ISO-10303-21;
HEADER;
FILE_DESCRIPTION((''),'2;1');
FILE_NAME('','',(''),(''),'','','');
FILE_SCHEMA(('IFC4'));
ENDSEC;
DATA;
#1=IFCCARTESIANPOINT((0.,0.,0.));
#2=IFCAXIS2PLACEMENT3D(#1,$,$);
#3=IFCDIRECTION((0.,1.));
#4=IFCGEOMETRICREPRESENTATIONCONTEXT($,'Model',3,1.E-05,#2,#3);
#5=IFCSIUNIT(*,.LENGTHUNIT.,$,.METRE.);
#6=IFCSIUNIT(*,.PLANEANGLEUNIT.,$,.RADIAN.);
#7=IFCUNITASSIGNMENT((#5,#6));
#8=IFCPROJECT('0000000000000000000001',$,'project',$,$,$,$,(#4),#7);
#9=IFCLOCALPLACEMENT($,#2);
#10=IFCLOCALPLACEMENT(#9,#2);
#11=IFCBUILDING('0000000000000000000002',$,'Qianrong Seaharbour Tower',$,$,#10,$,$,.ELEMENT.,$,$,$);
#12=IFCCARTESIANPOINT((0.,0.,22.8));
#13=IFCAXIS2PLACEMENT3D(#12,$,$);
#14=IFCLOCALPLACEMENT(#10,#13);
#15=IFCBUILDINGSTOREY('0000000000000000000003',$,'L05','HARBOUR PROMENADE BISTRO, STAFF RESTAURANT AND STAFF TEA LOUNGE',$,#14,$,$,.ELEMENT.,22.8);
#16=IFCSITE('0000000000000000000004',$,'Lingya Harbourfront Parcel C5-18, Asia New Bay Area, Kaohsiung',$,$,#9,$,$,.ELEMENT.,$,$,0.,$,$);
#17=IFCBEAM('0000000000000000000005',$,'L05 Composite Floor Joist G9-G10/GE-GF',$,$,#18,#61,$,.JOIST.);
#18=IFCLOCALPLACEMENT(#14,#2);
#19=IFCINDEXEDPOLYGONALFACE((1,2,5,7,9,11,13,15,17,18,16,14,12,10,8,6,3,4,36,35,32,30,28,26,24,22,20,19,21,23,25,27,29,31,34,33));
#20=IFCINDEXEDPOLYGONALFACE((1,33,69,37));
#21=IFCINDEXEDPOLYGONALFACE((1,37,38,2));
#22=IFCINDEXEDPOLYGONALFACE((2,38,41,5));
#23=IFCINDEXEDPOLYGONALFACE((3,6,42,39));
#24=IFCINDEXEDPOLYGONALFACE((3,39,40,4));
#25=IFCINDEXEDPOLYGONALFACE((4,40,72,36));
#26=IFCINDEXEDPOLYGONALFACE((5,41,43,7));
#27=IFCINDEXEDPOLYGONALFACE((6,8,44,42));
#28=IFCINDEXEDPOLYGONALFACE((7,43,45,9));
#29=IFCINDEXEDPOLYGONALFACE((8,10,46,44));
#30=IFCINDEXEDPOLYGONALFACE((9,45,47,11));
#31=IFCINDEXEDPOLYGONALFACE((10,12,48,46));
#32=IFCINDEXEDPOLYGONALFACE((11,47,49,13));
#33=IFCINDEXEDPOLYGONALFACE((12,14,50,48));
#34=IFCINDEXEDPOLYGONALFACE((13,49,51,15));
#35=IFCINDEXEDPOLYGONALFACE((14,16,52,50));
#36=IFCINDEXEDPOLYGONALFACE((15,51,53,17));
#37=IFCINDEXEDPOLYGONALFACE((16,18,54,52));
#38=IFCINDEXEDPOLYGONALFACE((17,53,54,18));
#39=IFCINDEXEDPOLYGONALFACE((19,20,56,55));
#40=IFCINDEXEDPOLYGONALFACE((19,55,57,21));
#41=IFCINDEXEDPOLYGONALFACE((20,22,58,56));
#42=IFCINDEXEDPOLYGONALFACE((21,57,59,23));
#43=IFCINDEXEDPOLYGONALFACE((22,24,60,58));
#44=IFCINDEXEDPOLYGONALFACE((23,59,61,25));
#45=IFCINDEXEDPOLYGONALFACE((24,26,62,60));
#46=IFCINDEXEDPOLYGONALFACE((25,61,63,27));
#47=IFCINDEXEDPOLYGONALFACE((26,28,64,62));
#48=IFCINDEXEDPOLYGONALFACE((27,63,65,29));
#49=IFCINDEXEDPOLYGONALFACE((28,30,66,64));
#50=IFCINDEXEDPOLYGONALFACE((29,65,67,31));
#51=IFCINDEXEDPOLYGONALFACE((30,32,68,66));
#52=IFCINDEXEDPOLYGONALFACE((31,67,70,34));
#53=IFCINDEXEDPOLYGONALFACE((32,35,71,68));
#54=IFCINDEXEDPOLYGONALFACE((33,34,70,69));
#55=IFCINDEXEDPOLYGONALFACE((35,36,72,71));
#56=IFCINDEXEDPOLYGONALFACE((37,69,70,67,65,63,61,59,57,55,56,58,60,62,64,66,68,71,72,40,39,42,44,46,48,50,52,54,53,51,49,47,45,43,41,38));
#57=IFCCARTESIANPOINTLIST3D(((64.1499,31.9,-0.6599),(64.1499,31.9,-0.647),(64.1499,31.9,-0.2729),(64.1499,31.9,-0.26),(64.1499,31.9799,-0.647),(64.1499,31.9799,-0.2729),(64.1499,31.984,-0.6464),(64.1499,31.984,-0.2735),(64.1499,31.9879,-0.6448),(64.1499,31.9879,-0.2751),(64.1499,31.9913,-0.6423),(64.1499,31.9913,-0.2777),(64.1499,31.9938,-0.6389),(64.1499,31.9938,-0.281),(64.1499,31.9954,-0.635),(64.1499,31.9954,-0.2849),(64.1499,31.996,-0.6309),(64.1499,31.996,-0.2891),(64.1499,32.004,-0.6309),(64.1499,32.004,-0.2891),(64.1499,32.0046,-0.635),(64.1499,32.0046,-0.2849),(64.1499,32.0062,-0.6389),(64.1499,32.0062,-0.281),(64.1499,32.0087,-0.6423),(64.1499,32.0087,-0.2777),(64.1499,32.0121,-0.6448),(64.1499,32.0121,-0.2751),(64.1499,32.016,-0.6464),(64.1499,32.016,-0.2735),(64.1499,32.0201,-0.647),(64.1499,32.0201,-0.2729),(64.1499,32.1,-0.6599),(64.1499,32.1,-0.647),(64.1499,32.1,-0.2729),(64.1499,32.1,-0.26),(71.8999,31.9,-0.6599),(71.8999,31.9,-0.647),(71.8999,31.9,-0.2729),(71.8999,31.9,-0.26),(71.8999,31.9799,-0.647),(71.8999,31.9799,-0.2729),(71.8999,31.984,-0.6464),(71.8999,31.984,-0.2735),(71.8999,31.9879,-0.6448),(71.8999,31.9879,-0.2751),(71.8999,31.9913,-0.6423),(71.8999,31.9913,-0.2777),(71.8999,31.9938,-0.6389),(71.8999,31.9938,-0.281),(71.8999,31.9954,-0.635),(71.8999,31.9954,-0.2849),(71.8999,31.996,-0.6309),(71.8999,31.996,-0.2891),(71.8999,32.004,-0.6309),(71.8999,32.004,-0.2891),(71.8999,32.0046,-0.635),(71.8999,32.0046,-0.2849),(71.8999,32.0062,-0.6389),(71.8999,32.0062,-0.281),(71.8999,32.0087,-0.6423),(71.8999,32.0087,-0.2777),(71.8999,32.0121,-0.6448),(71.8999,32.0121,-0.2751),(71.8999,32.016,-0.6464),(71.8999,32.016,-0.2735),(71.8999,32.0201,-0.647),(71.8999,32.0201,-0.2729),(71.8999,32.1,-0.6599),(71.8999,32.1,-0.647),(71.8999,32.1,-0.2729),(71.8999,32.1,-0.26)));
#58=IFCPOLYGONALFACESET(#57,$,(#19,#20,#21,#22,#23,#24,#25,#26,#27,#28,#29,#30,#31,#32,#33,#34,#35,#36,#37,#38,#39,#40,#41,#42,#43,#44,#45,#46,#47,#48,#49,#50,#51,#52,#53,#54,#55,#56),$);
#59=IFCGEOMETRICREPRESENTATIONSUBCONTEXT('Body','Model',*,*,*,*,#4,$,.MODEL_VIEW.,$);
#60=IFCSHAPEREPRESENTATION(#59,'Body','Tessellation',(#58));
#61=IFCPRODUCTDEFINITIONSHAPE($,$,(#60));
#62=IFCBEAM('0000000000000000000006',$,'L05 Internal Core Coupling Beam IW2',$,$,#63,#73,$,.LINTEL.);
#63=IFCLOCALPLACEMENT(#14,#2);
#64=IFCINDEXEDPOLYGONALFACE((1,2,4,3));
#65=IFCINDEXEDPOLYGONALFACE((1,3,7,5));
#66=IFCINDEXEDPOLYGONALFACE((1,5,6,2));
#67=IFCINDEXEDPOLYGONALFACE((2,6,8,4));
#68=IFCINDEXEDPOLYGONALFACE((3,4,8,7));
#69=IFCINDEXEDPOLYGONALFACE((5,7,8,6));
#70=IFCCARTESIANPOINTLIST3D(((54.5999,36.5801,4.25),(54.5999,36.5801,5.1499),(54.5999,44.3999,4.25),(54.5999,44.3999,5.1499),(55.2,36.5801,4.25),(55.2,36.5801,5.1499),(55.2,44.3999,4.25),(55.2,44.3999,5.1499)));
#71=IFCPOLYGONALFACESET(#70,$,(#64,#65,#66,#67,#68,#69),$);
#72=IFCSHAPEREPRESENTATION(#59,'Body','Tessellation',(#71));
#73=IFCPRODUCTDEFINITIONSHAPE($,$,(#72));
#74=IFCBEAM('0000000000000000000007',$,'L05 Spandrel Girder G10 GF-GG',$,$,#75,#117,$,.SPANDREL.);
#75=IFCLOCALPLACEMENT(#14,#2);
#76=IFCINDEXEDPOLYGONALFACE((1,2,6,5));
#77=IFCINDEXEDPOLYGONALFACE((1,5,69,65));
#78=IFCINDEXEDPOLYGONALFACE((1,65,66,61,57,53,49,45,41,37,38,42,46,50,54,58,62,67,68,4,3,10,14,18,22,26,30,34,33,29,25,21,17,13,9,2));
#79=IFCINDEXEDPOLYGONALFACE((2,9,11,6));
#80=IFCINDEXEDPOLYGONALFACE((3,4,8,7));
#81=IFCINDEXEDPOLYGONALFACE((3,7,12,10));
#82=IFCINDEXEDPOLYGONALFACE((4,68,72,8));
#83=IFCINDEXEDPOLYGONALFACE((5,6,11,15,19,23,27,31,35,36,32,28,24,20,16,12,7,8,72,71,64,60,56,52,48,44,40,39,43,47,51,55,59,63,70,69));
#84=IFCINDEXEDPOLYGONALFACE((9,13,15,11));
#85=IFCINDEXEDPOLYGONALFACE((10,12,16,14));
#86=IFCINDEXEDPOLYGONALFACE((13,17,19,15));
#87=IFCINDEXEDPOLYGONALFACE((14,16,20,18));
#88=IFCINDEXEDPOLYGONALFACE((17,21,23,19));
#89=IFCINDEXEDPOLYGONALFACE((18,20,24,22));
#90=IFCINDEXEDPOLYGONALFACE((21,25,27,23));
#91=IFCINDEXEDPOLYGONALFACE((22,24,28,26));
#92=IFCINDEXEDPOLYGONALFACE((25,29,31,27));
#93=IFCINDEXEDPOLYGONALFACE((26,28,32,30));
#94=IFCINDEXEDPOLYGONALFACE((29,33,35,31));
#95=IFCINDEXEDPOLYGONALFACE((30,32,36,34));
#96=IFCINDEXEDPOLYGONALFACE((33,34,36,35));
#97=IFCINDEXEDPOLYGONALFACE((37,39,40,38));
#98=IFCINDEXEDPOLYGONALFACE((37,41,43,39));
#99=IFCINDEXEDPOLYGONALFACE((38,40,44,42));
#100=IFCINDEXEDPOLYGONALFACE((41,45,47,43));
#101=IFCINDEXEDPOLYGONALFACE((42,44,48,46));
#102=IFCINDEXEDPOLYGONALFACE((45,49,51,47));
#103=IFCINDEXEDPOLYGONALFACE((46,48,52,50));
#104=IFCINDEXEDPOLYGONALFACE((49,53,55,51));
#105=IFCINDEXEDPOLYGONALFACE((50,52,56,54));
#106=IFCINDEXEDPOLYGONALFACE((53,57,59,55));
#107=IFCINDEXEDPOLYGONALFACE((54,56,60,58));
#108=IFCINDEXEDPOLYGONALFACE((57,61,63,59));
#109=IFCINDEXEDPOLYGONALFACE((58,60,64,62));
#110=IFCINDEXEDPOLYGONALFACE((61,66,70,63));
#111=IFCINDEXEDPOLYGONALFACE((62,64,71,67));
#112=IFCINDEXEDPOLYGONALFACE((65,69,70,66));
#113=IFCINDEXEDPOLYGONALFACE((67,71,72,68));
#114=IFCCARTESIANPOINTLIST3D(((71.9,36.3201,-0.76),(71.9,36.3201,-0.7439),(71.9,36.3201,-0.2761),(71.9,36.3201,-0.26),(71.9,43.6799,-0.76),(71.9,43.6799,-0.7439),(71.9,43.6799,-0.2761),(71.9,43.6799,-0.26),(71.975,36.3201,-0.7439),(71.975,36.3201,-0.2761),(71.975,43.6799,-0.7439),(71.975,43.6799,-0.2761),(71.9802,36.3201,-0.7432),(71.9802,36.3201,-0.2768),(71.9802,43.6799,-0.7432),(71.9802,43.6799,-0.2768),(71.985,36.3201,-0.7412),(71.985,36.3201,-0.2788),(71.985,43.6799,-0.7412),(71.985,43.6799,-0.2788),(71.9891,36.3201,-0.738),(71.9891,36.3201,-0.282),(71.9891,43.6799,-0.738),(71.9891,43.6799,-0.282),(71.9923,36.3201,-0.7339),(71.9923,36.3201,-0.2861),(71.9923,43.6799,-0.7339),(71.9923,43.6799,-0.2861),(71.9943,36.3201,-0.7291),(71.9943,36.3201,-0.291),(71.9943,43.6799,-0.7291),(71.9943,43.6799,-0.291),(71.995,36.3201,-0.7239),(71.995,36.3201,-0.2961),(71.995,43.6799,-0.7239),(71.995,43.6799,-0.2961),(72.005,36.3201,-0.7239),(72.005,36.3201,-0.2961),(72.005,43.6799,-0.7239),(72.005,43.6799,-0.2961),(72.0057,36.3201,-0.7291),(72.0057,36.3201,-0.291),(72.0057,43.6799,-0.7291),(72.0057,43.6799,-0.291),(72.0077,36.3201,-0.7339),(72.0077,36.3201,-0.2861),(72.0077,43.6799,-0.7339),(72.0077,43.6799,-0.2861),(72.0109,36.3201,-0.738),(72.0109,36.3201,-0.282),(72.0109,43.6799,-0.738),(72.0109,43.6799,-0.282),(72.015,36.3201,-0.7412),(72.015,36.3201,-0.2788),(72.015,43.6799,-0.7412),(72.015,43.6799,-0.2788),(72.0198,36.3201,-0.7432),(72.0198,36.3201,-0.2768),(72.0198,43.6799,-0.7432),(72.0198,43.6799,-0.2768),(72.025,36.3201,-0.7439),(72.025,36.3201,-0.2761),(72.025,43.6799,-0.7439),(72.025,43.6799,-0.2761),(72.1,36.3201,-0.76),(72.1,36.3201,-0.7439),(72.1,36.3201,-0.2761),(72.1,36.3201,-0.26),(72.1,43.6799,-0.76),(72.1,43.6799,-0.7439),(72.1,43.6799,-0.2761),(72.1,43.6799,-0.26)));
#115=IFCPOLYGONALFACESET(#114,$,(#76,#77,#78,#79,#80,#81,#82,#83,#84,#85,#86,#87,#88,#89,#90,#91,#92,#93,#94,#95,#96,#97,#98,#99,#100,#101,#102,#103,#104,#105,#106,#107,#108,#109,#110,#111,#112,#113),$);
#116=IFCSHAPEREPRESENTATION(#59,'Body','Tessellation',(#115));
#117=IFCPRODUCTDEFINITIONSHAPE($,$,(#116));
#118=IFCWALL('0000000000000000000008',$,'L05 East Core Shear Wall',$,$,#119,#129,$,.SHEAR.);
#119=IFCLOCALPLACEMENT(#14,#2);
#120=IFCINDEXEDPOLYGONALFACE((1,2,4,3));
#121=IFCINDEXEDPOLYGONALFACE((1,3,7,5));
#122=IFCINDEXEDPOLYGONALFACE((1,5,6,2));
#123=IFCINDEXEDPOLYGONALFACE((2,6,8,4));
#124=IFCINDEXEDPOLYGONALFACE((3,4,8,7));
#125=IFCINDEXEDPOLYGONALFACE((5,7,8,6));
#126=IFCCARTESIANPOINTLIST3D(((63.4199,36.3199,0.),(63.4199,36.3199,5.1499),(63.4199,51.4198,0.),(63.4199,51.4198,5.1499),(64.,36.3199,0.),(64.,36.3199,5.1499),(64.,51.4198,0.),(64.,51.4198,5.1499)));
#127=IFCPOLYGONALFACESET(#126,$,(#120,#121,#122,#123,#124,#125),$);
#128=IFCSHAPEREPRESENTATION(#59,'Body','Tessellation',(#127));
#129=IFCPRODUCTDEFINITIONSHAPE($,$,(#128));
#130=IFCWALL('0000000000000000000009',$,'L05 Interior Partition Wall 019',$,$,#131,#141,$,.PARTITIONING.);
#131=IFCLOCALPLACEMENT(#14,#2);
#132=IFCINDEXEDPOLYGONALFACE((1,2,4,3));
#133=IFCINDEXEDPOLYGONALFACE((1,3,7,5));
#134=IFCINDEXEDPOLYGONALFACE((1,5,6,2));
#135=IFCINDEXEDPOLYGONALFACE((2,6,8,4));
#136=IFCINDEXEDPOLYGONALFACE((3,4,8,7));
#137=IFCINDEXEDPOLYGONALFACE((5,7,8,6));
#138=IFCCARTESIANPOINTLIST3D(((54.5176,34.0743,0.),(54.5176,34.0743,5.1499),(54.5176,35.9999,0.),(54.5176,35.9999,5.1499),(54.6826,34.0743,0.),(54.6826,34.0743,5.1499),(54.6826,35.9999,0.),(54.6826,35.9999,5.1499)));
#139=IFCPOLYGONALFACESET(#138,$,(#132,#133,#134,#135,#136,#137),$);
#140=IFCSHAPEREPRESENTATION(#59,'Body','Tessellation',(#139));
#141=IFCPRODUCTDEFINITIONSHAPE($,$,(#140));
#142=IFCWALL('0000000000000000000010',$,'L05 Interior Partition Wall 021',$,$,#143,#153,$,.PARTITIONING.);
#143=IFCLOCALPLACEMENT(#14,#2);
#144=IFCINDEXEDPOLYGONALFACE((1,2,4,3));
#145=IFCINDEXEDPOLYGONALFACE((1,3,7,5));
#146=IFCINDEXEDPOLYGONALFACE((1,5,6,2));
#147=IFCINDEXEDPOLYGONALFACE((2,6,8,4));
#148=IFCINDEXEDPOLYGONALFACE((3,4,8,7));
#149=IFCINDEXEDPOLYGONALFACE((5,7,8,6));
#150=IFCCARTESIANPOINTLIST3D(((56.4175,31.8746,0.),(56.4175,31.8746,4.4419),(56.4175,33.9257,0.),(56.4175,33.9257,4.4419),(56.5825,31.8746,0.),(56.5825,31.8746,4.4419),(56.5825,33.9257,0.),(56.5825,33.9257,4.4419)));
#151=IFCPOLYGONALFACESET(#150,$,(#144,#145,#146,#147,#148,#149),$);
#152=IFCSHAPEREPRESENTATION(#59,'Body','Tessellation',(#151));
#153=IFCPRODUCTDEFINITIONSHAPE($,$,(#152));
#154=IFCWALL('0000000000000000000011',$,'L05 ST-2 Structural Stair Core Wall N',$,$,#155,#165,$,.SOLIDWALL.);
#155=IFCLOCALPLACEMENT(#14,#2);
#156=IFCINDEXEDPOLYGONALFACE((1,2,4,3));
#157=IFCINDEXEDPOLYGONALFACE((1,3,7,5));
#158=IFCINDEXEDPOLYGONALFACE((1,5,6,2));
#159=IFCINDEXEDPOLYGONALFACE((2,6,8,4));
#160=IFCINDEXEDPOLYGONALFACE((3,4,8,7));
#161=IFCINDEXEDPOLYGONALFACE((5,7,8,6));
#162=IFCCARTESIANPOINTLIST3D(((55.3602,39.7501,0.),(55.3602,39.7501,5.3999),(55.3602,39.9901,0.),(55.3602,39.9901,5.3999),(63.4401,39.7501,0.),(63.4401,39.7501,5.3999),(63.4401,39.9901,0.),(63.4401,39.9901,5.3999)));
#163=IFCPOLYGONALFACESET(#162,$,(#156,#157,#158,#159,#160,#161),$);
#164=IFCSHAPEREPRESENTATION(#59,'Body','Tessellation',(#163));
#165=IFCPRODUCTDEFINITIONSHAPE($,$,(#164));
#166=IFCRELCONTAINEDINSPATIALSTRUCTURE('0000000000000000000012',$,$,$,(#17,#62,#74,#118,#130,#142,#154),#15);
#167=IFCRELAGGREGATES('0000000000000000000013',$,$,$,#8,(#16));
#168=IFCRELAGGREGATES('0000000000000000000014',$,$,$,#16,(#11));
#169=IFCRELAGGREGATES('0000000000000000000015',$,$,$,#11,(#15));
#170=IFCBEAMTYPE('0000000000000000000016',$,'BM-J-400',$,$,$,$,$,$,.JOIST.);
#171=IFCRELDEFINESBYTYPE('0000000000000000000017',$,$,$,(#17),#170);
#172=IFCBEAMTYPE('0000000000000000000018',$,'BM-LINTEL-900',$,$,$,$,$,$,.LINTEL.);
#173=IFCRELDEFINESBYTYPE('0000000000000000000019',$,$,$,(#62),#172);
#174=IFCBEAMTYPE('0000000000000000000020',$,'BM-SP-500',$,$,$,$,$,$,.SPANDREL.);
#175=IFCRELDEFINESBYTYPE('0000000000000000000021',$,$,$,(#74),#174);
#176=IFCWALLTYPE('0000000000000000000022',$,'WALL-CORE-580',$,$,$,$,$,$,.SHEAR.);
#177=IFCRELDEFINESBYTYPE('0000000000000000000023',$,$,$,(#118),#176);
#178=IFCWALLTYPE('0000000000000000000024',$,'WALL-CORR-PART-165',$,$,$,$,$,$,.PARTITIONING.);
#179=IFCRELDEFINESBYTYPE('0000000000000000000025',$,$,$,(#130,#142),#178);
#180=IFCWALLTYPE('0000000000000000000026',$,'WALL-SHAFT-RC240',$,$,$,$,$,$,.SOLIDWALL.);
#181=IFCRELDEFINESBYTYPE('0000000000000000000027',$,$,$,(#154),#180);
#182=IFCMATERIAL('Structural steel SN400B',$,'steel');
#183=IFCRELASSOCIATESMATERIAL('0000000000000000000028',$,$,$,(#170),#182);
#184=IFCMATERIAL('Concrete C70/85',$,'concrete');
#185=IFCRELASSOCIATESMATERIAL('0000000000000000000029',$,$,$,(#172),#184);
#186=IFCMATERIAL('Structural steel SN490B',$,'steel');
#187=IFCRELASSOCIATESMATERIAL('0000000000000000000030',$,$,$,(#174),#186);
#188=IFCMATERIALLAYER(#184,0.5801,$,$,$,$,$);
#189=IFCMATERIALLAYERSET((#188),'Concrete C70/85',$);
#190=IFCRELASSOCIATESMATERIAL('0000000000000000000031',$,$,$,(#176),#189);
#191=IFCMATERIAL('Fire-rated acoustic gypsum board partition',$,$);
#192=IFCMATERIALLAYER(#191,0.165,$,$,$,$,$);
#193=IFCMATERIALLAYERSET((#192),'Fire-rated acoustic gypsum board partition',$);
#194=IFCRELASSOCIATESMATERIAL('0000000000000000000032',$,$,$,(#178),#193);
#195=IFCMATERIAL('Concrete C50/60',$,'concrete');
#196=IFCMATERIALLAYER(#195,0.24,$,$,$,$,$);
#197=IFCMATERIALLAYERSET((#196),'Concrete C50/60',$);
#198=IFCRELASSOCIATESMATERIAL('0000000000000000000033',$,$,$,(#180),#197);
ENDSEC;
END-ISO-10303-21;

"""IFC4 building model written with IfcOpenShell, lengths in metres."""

from ifc_helpers import new_model, si_unit, direction, frame, frame_2d, origin, origin_2d, place, context, subcontext, project, spatial, rectangle, i_section, extrude, material, layer, layer_set, material_profile, profile_set, type_object, element, save


model = new_model("IFC4")

# Units and contexts
model_context = context("Model", 3, precision=1e-05, world=origin(), true_north=direction((0.0, 1.0)))
body_context = subcontext(model_context, "Body", "Model", "MODEL_VIEW")
ifc_project = project(units=[si_unit("LENGTHUNIT", "METRE"), si_unit("PLANEANGLEUNIT", "RADIAN")], contexts=[model_context])

# Site, building, storey
site_placement = place(None, origin())
site = spatial("IfcSite", under=ifc_project, at=site_placement, Name="Lingya Harbourfront Parcel C5-18, Asia New Bay Area, Kaohsiung", CompositionType="ELEMENT", RefElevation=0.0)
building_placement = place(site_placement, origin())
building = spatial("IfcBuilding", under=site, at=building_placement, Name="Qianrong Seaharbour Tower", CompositionType="ELEMENT")
storey_placement = place(building_placement, frame((0.0, 0.0, 22.8)))
storey = spatial("IfcBuildingStorey", under=building, at=storey_placement, Name="L05", Description="HARBOUR PROMENADE BISTRO, STAFF RESTAURANT AND STAFF TEA LOUNGE", CompositionType="ELEMENT", Elevation=22.8)

# Shared definitions
ifc_material_1 = material(Name="Structural steel SN490B", Category="steel")
ifc_material_2 = material(Name="Concrete C70/85", Category="concrete")

# Beams
ifc_material_3 = material(Name="Structural steel SN400B", Category="steel")
ifc_material_profile_1 = material_profile(ifc_material_3, i_section(OverallWidth=0.2, OverallDepth=0.3999, WebThickness=0.0081, FlangeThickness=0.0129, FilletRadius=0.0161, at=origin_2d()), Name="H400x200x8x13")
ifc_profile_set_1 = profile_set([ifc_material_profile_1], Name="Structural steel SN400B")
beam_type_1 = type_object("IfcBeamType", Name="BM-J-400", PredefinedType="JOIST", material=ifc_profile_set_1)
beam_1_placement = place(storey_placement, frame((64.1499, 32.0, -0.46), z_axis=(1.0, 0.0, 0.0), x_axis=(0.0, 1.0, 0.0)))
element("IfcBeam", 1, at=beam_1_placement, inside=storey, type_object=beam_type_1, Name="L05 Composite Floor Joist G9-G10/GE-GF", PredefinedType="JOIST", context=body_context, shape_type="SweptSolid", body=[
    extrude(i_section(OverallWidth=0.2, OverallDepth=0.3999, WebThickness=0.0081, FlangeThickness=0.0129, FilletRadius=0.0161, at=origin_2d()), origin(), (0.0, 0.0, 1.0), 7.75),
])
ifc_material_profile_2 = material_profile(ifc_material_2, rectangle(XDim=0.6001, YDim=0.8999, at=origin_2d()), Name="RC600x900")
ifc_profile_set_2 = profile_set([ifc_material_profile_2], Name="Concrete C70/85")
beam_type_2 = type_object("IfcBeamType", Name="BM-LINTEL-900", PredefinedType="LINTEL", material=ifc_profile_set_2)
beam_2_placement = place(storey_placement, frame((54.8999, 36.5801, 4.7), z_axis=(0.0, 1.0, 0.0), x_axis=(-1.0, 0.0, 0.0)))
element("IfcBeam", 2, at=beam_2_placement, inside=storey, type_object=beam_type_2, Name="L05 Internal Core Coupling Beam IW2", PredefinedType="LINTEL", context=body_context, shape_type="SweptSolid", body=[
    extrude(rectangle(XDim=0.6001, YDim=0.8999, at=origin_2d()), origin(), (0.0, 0.0, 1.0), 7.8198),
])
ifc_material_profile_3 = material_profile(ifc_material_1, i_section(OverallWidth=0.2, OverallDepth=0.5, WebThickness=0.01, FlangeThickness=0.0161, FilletRadius=0.02, at=origin_2d()), Name="H500x200x10x16")
ifc_profile_set_3 = profile_set([ifc_material_profile_3], Name="Structural steel SN490B")
beam_type_3 = type_object("IfcBeamType", Name="BM-SP-500", PredefinedType="SPANDREL", material=ifc_profile_set_3)
beam_3_placement = place(storey_placement, frame((72.0, 36.3201, -0.51), z_axis=(0.0, 1.0, 0.0), x_axis=(-1.0, 0.0, 0.0)))
element("IfcBeam", 3, at=beam_3_placement, inside=storey, type_object=beam_type_3, Name="L05 Spandrel Girder G10 GF-GG", PredefinedType="SPANDREL", context=body_context, shape_type="SweptSolid", body=[
    extrude(i_section(OverallWidth=0.2, OverallDepth=0.5, WebThickness=0.01, FlangeThickness=0.0161, FilletRadius=0.02, at=origin_2d()), origin(), (0.0, 0.0, 1.0), 7.3599),
])

# Walls
ifc_layer_1 = layer(ifc_material_2, 0.5801)
ifc_layer_set_1 = layer_set([ifc_layer_1], Name="Concrete C70/85")
wall_type_1 = type_object("IfcWallType", Name="WALL-CORE-580", PredefinedType="SHEAR", material=ifc_layer_set_1)
wall_1_placement = place(storey_placement, frame((63.71, 36.3201, 0.0), z_axis=(0.0, 0.0, 1.0), x_axis=(0.0, 1.0, 0.0)))
element("IfcWall", 4, at=wall_1_placement, inside=storey, type_object=wall_type_1, Name="L05 East Core Shear Wall", PredefinedType="SHEAR", context=body_context, shape_type="SweptSolid", body=[
    extrude(rectangle(XDim=15.0999, YDim=0.5801, at=frame_2d((7.5498, 0.0))), origin(), (0.0, 0.0, 1.0), 5.1499),
])
ifc_material_4 = material(Name="Fire-rated acoustic gypsum board partition")
ifc_layer_2 = layer(ifc_material_4, 0.165)
ifc_layer_set_2 = layer_set([ifc_layer_2], Name="Fire-rated acoustic gypsum board partition")
wall_type_2 = type_object("IfcWallType", Name="WALL-CORR-PART-165", PredefinedType="PARTITIONING", material=ifc_layer_set_2)
wall_2_placement = place(storey_placement, frame((54.6001, 36.0, 0.0), z_axis=(0.0, 0.0, 1.0), x_axis=(0.0, -1.0, 0.0)))
element("IfcWall", 5, at=wall_2_placement, inside=storey, type_object=wall_type_2, Name="L05 Interior Partition Wall 019", PredefinedType="PARTITIONING", context=body_context, shape_type="SweptSolid", body=[
    extrude(rectangle(XDim=1.9255, YDim=0.165, at=frame_2d((0.9629, 0.0))), origin(), (0.0, 0.0, 1.0), 5.1499),
])
wall_3_placement = place(storey_placement, frame((56.5, 33.9255, 0.0), z_axis=(0.0, 0.0, 1.0), x_axis=(0.0, -1.0, 0.0)))
element("IfcWall", 6, at=wall_3_placement, inside=storey, type_object=wall_type_2, Name="L05 Interior Partition Wall 021", PredefinedType="PARTITIONING", context=body_context, shape_type="SweptSolid", body=[
    extrude(rectangle(XDim=2.051, YDim=0.165, at=frame_2d((1.0254, 0.0))), origin(), (0.0, 0.0, 1.0), 4.4419),
])
ifc_material_5 = material(Name="Concrete C50/60", Category="concrete")
ifc_layer_3 = layer(ifc_material_5, 0.24)
ifc_layer_set_3 = layer_set([ifc_layer_3], Name="Concrete C50/60")
wall_type_3 = type_object("IfcWallType", Name="WALL-SHAFT-RC240", PredefinedType="SOLIDWALL", material=ifc_layer_set_3)
wall_4_placement = place(storey_placement, frame((55.3601, 39.8701, 0.0), z_axis=(0.0, 0.0, 1.0), x_axis=(1.0, 0.0, 0.0)))
element("IfcWall", 7, at=wall_4_placement, inside=storey, type_object=wall_type_3, Name="L05 ST-2 Structural Stair Core Wall N", PredefinedType="SOLIDWALL", context=body_context, shape_type="SweptSolid", body=[
    extrude(rectangle(XDim=8.0798, YDim=0.24, at=frame_2d((4.04, 0.0))), origin(), (0.0, 0.0, 1.0), 5.3999),
])

save(model, "model.ifc")
